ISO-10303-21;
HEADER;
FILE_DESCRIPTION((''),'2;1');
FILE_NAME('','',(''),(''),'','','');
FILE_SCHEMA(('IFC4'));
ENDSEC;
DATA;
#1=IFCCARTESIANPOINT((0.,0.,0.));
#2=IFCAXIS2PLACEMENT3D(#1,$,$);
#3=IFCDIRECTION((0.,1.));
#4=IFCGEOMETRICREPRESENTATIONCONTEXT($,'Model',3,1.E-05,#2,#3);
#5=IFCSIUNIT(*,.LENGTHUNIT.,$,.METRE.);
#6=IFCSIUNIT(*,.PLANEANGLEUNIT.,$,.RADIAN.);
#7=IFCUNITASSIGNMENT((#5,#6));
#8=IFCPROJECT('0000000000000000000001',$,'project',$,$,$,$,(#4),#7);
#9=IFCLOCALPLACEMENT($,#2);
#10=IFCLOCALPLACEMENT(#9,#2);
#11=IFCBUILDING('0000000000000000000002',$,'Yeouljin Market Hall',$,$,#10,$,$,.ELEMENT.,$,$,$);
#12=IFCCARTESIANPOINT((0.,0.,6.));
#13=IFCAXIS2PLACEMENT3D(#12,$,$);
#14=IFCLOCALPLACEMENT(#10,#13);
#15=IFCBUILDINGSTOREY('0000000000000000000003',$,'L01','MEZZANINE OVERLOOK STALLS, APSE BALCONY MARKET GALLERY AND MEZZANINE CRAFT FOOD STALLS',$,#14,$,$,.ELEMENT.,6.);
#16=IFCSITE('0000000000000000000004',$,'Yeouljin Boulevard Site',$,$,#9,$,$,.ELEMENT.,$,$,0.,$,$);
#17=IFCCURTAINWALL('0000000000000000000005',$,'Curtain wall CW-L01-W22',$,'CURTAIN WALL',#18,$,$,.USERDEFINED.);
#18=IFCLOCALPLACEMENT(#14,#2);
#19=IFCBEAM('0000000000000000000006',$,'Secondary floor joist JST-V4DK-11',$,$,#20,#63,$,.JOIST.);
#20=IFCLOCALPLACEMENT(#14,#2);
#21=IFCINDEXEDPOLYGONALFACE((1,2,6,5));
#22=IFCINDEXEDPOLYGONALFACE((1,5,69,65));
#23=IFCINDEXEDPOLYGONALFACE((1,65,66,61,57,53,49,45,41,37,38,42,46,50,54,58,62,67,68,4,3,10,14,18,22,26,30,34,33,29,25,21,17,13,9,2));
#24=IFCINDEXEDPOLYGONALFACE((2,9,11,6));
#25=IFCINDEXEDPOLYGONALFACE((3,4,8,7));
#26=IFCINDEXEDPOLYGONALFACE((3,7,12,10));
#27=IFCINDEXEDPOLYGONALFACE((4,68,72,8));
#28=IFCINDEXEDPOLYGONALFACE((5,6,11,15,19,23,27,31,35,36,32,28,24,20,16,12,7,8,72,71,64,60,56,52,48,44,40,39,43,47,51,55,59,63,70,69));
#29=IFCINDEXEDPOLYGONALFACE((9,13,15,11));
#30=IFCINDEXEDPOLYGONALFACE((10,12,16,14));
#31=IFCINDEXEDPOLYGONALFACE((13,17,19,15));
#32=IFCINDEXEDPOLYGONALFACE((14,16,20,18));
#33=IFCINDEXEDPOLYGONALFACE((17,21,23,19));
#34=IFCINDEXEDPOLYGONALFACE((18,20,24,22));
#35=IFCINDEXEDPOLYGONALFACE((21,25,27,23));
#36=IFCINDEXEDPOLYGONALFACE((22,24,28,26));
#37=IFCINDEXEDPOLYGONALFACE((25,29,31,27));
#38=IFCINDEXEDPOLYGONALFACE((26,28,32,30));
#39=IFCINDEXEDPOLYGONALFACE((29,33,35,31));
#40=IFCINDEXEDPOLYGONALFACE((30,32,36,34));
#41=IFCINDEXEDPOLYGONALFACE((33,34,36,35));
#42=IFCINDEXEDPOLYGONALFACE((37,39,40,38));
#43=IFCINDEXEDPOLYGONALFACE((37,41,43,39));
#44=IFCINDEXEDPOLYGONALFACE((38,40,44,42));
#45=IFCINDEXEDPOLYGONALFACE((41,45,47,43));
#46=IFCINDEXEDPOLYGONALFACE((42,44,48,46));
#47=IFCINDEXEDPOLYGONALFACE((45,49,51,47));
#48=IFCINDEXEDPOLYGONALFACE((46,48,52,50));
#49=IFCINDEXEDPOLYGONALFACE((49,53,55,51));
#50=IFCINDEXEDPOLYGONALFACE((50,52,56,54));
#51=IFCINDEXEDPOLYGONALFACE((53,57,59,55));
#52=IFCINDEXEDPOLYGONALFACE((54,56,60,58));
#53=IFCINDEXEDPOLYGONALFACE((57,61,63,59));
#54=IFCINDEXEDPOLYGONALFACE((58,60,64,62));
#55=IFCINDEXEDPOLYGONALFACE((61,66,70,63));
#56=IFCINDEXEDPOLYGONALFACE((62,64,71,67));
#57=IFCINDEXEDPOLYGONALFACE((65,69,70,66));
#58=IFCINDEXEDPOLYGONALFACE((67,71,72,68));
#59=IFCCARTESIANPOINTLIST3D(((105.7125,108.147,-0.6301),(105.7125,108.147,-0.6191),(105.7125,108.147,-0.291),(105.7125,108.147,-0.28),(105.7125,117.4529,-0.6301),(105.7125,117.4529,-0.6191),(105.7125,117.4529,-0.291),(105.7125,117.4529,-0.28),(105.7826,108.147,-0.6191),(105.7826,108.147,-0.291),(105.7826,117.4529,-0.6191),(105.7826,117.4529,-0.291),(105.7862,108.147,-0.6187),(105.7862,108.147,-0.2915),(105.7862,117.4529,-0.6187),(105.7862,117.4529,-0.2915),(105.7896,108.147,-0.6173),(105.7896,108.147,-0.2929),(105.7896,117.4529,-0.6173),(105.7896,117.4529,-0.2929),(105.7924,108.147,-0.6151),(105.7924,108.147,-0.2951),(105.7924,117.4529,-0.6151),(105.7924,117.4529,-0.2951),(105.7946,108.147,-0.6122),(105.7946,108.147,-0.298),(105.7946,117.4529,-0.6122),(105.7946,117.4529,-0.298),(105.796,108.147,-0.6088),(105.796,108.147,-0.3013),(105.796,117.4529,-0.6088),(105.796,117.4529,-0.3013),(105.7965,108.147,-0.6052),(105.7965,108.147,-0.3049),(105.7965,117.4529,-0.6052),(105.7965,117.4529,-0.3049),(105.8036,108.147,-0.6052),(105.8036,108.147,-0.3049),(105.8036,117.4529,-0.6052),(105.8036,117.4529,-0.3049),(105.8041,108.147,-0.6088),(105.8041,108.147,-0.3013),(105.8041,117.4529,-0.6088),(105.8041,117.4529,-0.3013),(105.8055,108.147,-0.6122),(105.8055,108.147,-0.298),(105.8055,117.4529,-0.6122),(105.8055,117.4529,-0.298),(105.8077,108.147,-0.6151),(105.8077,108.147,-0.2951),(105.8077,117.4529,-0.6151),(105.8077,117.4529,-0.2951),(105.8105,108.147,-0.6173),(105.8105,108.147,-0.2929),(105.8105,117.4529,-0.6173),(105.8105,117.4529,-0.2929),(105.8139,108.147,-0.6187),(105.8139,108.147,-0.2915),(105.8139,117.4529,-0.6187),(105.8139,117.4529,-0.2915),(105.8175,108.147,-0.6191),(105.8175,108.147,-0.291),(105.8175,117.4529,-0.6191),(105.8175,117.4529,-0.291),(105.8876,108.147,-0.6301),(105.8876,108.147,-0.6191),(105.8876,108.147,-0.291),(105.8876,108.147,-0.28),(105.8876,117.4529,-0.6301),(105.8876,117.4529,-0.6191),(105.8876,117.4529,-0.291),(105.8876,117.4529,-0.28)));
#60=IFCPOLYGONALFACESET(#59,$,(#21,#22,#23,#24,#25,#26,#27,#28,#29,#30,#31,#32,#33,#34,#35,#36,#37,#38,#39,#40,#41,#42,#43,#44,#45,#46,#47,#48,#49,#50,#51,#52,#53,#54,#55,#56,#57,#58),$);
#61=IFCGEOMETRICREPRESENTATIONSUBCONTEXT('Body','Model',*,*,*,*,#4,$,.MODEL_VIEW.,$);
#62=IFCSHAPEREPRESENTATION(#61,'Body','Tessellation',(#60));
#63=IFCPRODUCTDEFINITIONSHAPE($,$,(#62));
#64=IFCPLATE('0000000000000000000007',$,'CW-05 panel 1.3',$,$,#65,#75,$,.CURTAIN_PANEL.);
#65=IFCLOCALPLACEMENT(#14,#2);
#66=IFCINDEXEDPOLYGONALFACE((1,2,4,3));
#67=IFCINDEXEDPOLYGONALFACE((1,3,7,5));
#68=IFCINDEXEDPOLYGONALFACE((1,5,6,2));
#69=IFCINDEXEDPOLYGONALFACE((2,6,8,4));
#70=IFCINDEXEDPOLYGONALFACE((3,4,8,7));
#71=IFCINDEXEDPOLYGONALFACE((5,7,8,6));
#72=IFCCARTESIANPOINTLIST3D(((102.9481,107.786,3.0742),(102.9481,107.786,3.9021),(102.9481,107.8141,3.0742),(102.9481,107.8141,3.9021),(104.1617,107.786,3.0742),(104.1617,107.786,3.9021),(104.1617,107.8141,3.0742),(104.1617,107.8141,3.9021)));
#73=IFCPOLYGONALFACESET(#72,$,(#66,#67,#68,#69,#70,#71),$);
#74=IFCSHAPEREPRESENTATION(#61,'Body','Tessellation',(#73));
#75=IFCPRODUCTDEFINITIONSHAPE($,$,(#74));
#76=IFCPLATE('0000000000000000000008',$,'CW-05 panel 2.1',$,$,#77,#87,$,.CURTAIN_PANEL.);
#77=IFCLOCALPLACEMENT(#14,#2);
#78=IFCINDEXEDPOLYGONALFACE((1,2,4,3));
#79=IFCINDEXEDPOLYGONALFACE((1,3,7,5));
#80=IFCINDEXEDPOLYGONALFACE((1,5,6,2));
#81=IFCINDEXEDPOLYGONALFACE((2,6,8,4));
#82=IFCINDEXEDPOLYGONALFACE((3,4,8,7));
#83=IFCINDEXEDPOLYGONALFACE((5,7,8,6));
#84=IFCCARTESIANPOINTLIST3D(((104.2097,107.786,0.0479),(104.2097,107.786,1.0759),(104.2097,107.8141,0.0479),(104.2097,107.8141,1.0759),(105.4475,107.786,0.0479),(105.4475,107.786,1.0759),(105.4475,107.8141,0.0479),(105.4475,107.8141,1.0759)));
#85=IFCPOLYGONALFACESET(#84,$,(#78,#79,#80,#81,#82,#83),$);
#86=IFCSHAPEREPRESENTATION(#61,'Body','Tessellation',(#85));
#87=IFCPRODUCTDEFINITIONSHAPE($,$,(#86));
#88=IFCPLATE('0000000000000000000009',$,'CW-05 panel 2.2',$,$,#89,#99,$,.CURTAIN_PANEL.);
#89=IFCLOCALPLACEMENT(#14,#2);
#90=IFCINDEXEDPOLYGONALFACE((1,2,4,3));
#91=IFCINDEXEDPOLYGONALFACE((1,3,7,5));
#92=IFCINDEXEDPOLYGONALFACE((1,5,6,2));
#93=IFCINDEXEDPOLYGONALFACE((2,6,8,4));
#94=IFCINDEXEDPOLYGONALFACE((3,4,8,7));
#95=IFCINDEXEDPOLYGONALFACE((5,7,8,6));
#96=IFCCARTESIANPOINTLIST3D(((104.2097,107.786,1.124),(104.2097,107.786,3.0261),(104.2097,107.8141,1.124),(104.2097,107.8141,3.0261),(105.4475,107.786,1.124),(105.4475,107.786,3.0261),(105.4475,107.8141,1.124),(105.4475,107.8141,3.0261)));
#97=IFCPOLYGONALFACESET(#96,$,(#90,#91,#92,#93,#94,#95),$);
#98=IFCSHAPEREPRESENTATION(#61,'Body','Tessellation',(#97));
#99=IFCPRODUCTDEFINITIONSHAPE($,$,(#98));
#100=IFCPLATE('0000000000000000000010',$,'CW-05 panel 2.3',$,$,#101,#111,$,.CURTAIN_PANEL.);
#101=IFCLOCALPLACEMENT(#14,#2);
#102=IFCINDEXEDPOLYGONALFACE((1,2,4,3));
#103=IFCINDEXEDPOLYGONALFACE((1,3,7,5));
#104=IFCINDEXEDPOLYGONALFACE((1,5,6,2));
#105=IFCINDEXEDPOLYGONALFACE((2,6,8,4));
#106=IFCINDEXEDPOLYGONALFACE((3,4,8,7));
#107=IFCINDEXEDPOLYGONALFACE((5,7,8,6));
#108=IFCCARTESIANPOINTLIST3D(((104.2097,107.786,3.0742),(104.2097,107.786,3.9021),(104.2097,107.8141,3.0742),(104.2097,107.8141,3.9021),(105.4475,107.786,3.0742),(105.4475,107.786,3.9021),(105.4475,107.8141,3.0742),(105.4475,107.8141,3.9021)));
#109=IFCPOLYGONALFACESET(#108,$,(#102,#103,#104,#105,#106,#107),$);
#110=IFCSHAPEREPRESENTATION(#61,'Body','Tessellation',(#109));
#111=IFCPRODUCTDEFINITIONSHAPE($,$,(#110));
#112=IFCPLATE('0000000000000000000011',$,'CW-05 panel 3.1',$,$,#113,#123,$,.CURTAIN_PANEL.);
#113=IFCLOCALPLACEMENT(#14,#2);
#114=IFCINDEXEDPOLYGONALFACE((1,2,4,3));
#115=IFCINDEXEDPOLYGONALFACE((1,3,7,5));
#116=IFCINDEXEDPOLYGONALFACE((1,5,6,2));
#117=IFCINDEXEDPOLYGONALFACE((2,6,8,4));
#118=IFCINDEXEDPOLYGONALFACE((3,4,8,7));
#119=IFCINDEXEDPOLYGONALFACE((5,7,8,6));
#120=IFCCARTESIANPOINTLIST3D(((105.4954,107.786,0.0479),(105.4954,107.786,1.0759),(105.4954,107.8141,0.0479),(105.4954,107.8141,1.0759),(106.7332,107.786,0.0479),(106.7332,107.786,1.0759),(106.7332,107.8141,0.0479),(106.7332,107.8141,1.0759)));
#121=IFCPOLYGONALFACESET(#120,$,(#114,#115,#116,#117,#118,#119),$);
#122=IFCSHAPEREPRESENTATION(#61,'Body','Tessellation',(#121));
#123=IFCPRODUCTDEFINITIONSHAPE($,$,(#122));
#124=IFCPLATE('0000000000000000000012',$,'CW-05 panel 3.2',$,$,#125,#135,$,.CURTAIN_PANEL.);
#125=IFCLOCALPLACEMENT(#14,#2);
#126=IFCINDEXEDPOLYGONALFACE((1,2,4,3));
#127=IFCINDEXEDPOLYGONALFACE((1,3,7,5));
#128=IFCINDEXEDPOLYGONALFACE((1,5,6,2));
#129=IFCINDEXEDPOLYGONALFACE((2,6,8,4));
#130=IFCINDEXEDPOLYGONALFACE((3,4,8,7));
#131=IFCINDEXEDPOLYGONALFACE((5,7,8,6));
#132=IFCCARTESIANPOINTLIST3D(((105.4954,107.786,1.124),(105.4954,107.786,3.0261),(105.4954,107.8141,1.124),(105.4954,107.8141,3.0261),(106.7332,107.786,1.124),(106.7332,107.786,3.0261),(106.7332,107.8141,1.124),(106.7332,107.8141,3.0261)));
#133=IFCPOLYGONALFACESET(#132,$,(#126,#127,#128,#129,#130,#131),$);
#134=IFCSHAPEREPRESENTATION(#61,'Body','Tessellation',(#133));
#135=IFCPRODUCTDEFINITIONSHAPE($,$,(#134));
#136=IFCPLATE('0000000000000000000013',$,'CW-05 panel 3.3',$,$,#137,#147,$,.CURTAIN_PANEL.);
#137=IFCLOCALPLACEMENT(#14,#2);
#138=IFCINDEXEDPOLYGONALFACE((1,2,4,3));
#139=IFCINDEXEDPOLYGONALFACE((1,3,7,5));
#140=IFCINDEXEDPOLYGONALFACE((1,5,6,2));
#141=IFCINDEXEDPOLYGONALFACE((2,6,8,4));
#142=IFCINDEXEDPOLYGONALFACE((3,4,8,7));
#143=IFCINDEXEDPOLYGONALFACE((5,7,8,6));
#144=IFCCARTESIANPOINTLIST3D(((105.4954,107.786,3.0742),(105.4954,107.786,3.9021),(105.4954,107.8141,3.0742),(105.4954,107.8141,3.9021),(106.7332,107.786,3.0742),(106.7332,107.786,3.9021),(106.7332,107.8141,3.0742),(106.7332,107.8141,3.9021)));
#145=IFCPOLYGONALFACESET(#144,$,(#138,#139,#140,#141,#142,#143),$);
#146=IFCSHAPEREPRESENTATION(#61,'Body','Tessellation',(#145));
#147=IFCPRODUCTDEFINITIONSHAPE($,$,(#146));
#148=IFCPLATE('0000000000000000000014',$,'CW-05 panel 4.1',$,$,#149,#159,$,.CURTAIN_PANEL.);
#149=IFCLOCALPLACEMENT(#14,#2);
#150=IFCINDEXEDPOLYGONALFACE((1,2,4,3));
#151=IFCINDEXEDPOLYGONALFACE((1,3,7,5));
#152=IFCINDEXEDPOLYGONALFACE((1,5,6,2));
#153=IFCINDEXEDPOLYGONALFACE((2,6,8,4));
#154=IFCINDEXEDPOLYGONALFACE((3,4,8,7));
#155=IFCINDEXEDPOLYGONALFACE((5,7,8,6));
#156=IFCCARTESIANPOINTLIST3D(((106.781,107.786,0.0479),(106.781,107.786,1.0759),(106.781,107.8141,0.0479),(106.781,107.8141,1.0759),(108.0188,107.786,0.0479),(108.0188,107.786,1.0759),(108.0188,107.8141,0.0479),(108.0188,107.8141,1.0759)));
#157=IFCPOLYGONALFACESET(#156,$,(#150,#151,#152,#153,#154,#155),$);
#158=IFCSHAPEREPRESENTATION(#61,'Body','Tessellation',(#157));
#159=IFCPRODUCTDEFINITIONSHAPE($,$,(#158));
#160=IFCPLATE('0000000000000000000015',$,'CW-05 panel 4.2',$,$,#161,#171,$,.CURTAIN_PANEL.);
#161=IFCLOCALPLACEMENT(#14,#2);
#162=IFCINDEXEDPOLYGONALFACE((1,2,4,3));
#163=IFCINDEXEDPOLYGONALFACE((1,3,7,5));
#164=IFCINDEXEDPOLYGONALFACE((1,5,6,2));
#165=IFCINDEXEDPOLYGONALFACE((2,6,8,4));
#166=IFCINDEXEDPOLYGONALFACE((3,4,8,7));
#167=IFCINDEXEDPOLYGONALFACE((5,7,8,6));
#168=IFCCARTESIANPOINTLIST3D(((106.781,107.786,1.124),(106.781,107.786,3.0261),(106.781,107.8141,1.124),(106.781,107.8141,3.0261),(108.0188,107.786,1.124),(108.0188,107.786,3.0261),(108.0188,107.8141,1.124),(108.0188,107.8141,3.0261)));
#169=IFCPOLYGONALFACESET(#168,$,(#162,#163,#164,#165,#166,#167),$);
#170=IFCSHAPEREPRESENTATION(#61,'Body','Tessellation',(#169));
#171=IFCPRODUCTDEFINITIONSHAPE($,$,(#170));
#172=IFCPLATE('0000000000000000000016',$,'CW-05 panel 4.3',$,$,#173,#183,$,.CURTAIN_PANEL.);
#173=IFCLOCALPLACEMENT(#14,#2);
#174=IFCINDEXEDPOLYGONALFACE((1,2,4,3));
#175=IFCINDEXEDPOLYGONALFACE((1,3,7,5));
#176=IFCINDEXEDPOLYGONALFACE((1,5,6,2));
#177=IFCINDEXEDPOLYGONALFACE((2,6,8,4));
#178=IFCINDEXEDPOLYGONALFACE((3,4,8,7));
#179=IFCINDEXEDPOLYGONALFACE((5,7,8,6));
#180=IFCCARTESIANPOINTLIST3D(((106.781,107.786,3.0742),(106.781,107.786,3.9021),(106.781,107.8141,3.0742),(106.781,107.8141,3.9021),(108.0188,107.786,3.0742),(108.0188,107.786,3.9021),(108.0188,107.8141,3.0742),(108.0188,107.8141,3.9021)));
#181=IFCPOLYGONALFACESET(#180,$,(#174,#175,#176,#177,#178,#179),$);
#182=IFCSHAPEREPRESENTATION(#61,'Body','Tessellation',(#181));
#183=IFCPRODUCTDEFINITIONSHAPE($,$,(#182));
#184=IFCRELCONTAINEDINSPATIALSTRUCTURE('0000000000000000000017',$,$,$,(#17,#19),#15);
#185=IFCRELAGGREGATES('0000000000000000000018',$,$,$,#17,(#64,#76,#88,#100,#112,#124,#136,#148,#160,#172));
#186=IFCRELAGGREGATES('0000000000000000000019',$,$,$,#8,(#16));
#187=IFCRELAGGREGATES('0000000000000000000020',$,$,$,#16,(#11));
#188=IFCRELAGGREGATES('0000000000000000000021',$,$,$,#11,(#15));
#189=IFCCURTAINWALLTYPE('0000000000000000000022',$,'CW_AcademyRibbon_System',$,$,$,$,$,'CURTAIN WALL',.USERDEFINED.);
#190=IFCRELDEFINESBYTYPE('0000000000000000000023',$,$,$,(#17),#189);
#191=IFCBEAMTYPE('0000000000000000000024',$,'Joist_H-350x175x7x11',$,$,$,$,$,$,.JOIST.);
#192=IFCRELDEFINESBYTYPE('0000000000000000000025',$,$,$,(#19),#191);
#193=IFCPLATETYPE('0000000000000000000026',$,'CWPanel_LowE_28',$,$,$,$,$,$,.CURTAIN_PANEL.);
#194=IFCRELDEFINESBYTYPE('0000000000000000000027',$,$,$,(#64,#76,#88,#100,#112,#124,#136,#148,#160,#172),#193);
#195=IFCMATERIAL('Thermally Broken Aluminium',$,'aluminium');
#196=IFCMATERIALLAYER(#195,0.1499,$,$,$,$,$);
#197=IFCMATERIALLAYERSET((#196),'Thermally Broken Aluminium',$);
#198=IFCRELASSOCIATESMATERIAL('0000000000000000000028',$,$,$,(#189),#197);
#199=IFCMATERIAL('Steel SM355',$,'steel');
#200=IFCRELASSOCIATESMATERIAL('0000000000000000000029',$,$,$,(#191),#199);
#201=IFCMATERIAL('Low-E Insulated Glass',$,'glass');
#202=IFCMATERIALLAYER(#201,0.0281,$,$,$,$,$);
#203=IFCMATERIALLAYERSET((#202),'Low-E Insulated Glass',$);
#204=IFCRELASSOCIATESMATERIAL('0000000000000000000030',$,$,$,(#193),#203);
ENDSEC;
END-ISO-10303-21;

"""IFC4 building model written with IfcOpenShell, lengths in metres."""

from ifc_helpers import new_model, si_unit, direction, frame, origin, origin_2d, place, context, subcontext, project, spatial, rectangle, i_section, extrude, material, layer, layer_set, material_profile, profile_set, type_object, element, aggregate, save


model = new_model("IFC4")

# Units and contexts
model_context = context("Model", 3, precision=1e-05, world=origin(), true_north=direction((0.0, 1.0)))
body_context = subcontext(model_context, "Body", "Model", "MODEL_VIEW")
ifc_project = project(units=[si_unit("LENGTHUNIT", "METRE"), si_unit("PLANEANGLEUNIT", "RADIAN")], contexts=[model_context])

# Site, building, storey
site_placement = place(None, origin())
site = spatial("IfcSite", under=ifc_project, at=site_placement, Name="Yeouljin Boulevard Site", CompositionType="ELEMENT", RefElevation=0.0)
building_placement = place(site_placement, origin())
building = spatial("IfcBuilding", under=site, at=building_placement, Name="Yeouljin Market Hall", CompositionType="ELEMENT")
storey_placement = place(building_placement, frame((0.0, 0.0, 6.0)))
storey = spatial("IfcBuildingStorey", under=building, at=storey_placement, Name="L01", Description="MEZZANINE OVERLOOK STALLS, APSE BALCONY MARKET GALLERY AND MEZZANINE CRAFT FOOD STALLS", CompositionType="ELEMENT", Elevation=6.0)

# Curtain wall
ifc_material_1 = material(Name="Thermally Broken Aluminium", Category="aluminium")
ifc_layer_1 = layer(ifc_material_1, 0.1499)
ifc_layer_set_1 = layer_set([ifc_layer_1], Name="Thermally Broken Aluminium")
curtain_wall_type = type_object("IfcCurtainWallType", Name="CW_AcademyRibbon_System", ElementType="CURTAIN WALL", PredefinedType="USERDEFINED", material=ifc_layer_set_1)
curtain_wall_placement = place(storey_placement, origin())
curtain_wall = element("IfcCurtainWall", 1, at=curtain_wall_placement, inside=storey, type_object=curtain_wall_type, Name="Curtain wall CW-L01-W22", ObjectType="CURTAIN WALL", PredefinedType="USERDEFINED")

# Beam
ifc_material_2 = material(Name="Steel SM355", Category="steel")
ifc_material_profile_1 = material_profile(ifc_material_2, i_section(OverallWidth=0.175, OverallDepth=0.3501, WebThickness=0.0071, FlangeThickness=0.011, FilletRadius=0.0139, at=origin_2d()), Name="H-350x175x7x11")
ifc_profile_set_1 = profile_set([ifc_material_profile_1], Name="Steel SM355")
beam_type = type_object("IfcBeamType", Name="Joist_H-350x175x7x11", PredefinedType="JOIST", material=ifc_profile_set_1)
beam_placement = place(storey_placement, frame((105.8, 108.147, -0.4551), z_axis=(0.0, 1.0, 0.0), x_axis=(-1.0, 0.0, 0.0)))
element("IfcBeam", 2, at=beam_placement, inside=storey, type_object=beam_type, Name="Secondary floor joist JST-V4DK-11", PredefinedType="JOIST", context=body_context, shape_type="SweptSolid", body=[
    extrude(i_section(OverallWidth=0.175, OverallDepth=0.3501, WebThickness=0.0071, FlangeThickness=0.011, FilletRadius=0.0139, at=origin_2d()), origin(), (0.0, 0.0, 1.0), 9.3059),
])

# Plates
ifc_material_3 = material(Name="Low-E Insulated Glass", Category="glass")
ifc_layer_2 = layer(ifc_material_3, 0.0281)
ifc_layer_set_2 = layer_set([ifc_layer_2], Name="Low-E Insulated Glass")
plate_type = type_object("IfcPlateType", Name="CWPanel_LowE_28", PredefinedType="CURTAIN_PANEL", material=ifc_layer_set_2)
plate_1_placement = place(storey_placement, frame((103.5549, 107.8, 3.0742), z_axis=(0.0, 0.0, 1.0), x_axis=(1.0, 0.0, 0.0)))
plate_1 = element("IfcPlate", 3, at=plate_1_placement, type_object=plate_type, Name="CW-05 panel 1.3", PredefinedType="CURTAIN_PANEL", context=body_context, shape_type="SweptSolid", body=[
    extrude(rectangle(XDim=1.2136, YDim=0.0281, at=origin_2d()), origin(), (0.0, 0.0, 1.0), 0.8279),
])
plate_2_placement = place(storey_placement, frame((104.8286, 107.8, 0.0479), z_axis=(0.0, 0.0, 1.0), x_axis=(1.0, 0.0, 0.0)))
plate_2 = element("IfcPlate", 4, at=plate_2_placement, type_object=plate_type, Name="CW-05 panel 2.1", PredefinedType="CURTAIN_PANEL", context=body_context, shape_type="SweptSolid", body=[
    extrude(rectangle(XDim=1.2378, YDim=0.0281, at=origin_2d()), origin(), (0.0, 0.0, 1.0), 1.0281),
])
plate_3_placement = place(storey_placement, frame((104.8286, 107.8, 1.124), z_axis=(0.0, 0.0, 1.0), x_axis=(1.0, 0.0, 0.0)))
plate_3 = element("IfcPlate", 5, at=plate_3_placement, type_object=plate_type, Name="CW-05 panel 2.2", PredefinedType="CURTAIN_PANEL", context=body_context, shape_type="SweptSolid", body=[
    extrude(rectangle(XDim=1.2378, YDim=0.0281, at=origin_2d()), origin(), (0.0, 0.0, 1.0), 1.9021),
])
plate_4_placement = place(storey_placement, frame((104.8286, 107.8, 3.0742), z_axis=(0.0, 0.0, 1.0), x_axis=(1.0, 0.0, 0.0)))
plate_4 = element("IfcPlate", 6, at=plate_4_placement, type_object=plate_type, Name="CW-05 panel 2.3", PredefinedType="CURTAIN_PANEL", context=body_context, shape_type="SweptSolid", body=[
    extrude(rectangle(XDim=1.2378, YDim=0.0281, at=origin_2d()), origin(), (0.0, 0.0, 1.0), 0.8279),
])
plate_5_placement = place(storey_placement, frame((106.1143, 107.8, 0.0479), z_axis=(0.0, 0.0, 1.0), x_axis=(1.0, 0.0, 0.0)))
plate_5 = element("IfcPlate", 7, at=plate_5_placement, type_object=plate_type, Name="CW-05 panel 3.1", PredefinedType="CURTAIN_PANEL", context=body_context, shape_type="SweptSolid", body=[
    extrude(rectangle(XDim=1.2378, YDim=0.0281, at=origin_2d()), origin(), (0.0, 0.0, 1.0), 1.0281),
])
plate_6_placement = place(storey_placement, frame((106.1143, 107.8, 1.124), z_axis=(0.0, 0.0, 1.0), x_axis=(1.0, 0.0, 0.0)))
plate_6 = element("IfcPlate", 8, at=plate_6_placement, type_object=plate_type, Name="CW-05 panel 3.2", PredefinedType="CURTAIN_PANEL", context=body_context, shape_type="SweptSolid", body=[
    extrude(rectangle(XDim=1.2378, YDim=0.0281, at=origin_2d()), origin(), (0.0, 0.0, 1.0), 1.9021),
])
plate_7_placement = place(storey_placement, frame((106.1143, 107.8, 3.0742), z_axis=(0.0, 0.0, 1.0), x_axis=(1.0, 0.0, 0.0)))
plate_7 = element("IfcPlate", 9, at=plate_7_placement, type_object=plate_type, Name="CW-05 panel 3.3", PredefinedType="CURTAIN_PANEL", context=body_context, shape_type="SweptSolid", body=[
    extrude(rectangle(XDim=1.2378, YDim=0.0281, at=origin_2d()), origin(), (0.0, 0.0, 1.0), 0.8279),
])
plate_8_placement = place(storey_placement, frame((107.3999, 107.8, 0.0479), z_axis=(0.0, 0.0, 1.0), x_axis=(1.0, 0.0, 0.0)))
plate_8 = element("IfcPlate", 10, at=plate_8_placement, type_object=plate_type, Name="CW-05 panel 4.1", PredefinedType="CURTAIN_PANEL", context=body_context, shape_type="SweptSolid", body=[
    extrude(rectangle(XDim=1.2378, YDim=0.0281, at=origin_2d()), origin(), (0.0, 0.0, 1.0), 1.0281),
])
plate_9_placement = place(storey_placement, frame((107.3999, 107.8, 1.124), z_axis=(0.0, 0.0, 1.0), x_axis=(1.0, 0.0, 0.0)))
plate_9 = element("IfcPlate", 11, at=plate_9_placement, type_object=plate_type, Name="CW-05 panel 4.2", PredefinedType="CURTAIN_PANEL", context=body_context, shape_type="SweptSolid", body=[
    extrude(rectangle(XDim=1.2378, YDim=0.0281, at=origin_2d()), origin(), (0.0, 0.0, 1.0), 1.9021),
])
plate_10_placement = place(storey_placement, frame((107.3999, 107.8, 3.0742), z_axis=(0.0, 0.0, 1.0), x_axis=(1.0, 0.0, 0.0)))
plate_10 = element("IfcPlate", 12, at=plate_10_placement, type_object=plate_type, Name="CW-05 panel 4.3", PredefinedType="CURTAIN_PANEL", context=body_context, shape_type="SweptSolid", body=[
    extrude(rectangle(XDim=1.2378, YDim=0.0281, at=origin_2d()), origin(), (0.0, 0.0, 1.0), 0.8279),
])
aggregate(curtain_wall, [plate_1, plate_2, plate_3, plate_4, plate_5, plate_6, plate_7, plate_8, plate_9, plate_10])

save(model, "model.ifc")
